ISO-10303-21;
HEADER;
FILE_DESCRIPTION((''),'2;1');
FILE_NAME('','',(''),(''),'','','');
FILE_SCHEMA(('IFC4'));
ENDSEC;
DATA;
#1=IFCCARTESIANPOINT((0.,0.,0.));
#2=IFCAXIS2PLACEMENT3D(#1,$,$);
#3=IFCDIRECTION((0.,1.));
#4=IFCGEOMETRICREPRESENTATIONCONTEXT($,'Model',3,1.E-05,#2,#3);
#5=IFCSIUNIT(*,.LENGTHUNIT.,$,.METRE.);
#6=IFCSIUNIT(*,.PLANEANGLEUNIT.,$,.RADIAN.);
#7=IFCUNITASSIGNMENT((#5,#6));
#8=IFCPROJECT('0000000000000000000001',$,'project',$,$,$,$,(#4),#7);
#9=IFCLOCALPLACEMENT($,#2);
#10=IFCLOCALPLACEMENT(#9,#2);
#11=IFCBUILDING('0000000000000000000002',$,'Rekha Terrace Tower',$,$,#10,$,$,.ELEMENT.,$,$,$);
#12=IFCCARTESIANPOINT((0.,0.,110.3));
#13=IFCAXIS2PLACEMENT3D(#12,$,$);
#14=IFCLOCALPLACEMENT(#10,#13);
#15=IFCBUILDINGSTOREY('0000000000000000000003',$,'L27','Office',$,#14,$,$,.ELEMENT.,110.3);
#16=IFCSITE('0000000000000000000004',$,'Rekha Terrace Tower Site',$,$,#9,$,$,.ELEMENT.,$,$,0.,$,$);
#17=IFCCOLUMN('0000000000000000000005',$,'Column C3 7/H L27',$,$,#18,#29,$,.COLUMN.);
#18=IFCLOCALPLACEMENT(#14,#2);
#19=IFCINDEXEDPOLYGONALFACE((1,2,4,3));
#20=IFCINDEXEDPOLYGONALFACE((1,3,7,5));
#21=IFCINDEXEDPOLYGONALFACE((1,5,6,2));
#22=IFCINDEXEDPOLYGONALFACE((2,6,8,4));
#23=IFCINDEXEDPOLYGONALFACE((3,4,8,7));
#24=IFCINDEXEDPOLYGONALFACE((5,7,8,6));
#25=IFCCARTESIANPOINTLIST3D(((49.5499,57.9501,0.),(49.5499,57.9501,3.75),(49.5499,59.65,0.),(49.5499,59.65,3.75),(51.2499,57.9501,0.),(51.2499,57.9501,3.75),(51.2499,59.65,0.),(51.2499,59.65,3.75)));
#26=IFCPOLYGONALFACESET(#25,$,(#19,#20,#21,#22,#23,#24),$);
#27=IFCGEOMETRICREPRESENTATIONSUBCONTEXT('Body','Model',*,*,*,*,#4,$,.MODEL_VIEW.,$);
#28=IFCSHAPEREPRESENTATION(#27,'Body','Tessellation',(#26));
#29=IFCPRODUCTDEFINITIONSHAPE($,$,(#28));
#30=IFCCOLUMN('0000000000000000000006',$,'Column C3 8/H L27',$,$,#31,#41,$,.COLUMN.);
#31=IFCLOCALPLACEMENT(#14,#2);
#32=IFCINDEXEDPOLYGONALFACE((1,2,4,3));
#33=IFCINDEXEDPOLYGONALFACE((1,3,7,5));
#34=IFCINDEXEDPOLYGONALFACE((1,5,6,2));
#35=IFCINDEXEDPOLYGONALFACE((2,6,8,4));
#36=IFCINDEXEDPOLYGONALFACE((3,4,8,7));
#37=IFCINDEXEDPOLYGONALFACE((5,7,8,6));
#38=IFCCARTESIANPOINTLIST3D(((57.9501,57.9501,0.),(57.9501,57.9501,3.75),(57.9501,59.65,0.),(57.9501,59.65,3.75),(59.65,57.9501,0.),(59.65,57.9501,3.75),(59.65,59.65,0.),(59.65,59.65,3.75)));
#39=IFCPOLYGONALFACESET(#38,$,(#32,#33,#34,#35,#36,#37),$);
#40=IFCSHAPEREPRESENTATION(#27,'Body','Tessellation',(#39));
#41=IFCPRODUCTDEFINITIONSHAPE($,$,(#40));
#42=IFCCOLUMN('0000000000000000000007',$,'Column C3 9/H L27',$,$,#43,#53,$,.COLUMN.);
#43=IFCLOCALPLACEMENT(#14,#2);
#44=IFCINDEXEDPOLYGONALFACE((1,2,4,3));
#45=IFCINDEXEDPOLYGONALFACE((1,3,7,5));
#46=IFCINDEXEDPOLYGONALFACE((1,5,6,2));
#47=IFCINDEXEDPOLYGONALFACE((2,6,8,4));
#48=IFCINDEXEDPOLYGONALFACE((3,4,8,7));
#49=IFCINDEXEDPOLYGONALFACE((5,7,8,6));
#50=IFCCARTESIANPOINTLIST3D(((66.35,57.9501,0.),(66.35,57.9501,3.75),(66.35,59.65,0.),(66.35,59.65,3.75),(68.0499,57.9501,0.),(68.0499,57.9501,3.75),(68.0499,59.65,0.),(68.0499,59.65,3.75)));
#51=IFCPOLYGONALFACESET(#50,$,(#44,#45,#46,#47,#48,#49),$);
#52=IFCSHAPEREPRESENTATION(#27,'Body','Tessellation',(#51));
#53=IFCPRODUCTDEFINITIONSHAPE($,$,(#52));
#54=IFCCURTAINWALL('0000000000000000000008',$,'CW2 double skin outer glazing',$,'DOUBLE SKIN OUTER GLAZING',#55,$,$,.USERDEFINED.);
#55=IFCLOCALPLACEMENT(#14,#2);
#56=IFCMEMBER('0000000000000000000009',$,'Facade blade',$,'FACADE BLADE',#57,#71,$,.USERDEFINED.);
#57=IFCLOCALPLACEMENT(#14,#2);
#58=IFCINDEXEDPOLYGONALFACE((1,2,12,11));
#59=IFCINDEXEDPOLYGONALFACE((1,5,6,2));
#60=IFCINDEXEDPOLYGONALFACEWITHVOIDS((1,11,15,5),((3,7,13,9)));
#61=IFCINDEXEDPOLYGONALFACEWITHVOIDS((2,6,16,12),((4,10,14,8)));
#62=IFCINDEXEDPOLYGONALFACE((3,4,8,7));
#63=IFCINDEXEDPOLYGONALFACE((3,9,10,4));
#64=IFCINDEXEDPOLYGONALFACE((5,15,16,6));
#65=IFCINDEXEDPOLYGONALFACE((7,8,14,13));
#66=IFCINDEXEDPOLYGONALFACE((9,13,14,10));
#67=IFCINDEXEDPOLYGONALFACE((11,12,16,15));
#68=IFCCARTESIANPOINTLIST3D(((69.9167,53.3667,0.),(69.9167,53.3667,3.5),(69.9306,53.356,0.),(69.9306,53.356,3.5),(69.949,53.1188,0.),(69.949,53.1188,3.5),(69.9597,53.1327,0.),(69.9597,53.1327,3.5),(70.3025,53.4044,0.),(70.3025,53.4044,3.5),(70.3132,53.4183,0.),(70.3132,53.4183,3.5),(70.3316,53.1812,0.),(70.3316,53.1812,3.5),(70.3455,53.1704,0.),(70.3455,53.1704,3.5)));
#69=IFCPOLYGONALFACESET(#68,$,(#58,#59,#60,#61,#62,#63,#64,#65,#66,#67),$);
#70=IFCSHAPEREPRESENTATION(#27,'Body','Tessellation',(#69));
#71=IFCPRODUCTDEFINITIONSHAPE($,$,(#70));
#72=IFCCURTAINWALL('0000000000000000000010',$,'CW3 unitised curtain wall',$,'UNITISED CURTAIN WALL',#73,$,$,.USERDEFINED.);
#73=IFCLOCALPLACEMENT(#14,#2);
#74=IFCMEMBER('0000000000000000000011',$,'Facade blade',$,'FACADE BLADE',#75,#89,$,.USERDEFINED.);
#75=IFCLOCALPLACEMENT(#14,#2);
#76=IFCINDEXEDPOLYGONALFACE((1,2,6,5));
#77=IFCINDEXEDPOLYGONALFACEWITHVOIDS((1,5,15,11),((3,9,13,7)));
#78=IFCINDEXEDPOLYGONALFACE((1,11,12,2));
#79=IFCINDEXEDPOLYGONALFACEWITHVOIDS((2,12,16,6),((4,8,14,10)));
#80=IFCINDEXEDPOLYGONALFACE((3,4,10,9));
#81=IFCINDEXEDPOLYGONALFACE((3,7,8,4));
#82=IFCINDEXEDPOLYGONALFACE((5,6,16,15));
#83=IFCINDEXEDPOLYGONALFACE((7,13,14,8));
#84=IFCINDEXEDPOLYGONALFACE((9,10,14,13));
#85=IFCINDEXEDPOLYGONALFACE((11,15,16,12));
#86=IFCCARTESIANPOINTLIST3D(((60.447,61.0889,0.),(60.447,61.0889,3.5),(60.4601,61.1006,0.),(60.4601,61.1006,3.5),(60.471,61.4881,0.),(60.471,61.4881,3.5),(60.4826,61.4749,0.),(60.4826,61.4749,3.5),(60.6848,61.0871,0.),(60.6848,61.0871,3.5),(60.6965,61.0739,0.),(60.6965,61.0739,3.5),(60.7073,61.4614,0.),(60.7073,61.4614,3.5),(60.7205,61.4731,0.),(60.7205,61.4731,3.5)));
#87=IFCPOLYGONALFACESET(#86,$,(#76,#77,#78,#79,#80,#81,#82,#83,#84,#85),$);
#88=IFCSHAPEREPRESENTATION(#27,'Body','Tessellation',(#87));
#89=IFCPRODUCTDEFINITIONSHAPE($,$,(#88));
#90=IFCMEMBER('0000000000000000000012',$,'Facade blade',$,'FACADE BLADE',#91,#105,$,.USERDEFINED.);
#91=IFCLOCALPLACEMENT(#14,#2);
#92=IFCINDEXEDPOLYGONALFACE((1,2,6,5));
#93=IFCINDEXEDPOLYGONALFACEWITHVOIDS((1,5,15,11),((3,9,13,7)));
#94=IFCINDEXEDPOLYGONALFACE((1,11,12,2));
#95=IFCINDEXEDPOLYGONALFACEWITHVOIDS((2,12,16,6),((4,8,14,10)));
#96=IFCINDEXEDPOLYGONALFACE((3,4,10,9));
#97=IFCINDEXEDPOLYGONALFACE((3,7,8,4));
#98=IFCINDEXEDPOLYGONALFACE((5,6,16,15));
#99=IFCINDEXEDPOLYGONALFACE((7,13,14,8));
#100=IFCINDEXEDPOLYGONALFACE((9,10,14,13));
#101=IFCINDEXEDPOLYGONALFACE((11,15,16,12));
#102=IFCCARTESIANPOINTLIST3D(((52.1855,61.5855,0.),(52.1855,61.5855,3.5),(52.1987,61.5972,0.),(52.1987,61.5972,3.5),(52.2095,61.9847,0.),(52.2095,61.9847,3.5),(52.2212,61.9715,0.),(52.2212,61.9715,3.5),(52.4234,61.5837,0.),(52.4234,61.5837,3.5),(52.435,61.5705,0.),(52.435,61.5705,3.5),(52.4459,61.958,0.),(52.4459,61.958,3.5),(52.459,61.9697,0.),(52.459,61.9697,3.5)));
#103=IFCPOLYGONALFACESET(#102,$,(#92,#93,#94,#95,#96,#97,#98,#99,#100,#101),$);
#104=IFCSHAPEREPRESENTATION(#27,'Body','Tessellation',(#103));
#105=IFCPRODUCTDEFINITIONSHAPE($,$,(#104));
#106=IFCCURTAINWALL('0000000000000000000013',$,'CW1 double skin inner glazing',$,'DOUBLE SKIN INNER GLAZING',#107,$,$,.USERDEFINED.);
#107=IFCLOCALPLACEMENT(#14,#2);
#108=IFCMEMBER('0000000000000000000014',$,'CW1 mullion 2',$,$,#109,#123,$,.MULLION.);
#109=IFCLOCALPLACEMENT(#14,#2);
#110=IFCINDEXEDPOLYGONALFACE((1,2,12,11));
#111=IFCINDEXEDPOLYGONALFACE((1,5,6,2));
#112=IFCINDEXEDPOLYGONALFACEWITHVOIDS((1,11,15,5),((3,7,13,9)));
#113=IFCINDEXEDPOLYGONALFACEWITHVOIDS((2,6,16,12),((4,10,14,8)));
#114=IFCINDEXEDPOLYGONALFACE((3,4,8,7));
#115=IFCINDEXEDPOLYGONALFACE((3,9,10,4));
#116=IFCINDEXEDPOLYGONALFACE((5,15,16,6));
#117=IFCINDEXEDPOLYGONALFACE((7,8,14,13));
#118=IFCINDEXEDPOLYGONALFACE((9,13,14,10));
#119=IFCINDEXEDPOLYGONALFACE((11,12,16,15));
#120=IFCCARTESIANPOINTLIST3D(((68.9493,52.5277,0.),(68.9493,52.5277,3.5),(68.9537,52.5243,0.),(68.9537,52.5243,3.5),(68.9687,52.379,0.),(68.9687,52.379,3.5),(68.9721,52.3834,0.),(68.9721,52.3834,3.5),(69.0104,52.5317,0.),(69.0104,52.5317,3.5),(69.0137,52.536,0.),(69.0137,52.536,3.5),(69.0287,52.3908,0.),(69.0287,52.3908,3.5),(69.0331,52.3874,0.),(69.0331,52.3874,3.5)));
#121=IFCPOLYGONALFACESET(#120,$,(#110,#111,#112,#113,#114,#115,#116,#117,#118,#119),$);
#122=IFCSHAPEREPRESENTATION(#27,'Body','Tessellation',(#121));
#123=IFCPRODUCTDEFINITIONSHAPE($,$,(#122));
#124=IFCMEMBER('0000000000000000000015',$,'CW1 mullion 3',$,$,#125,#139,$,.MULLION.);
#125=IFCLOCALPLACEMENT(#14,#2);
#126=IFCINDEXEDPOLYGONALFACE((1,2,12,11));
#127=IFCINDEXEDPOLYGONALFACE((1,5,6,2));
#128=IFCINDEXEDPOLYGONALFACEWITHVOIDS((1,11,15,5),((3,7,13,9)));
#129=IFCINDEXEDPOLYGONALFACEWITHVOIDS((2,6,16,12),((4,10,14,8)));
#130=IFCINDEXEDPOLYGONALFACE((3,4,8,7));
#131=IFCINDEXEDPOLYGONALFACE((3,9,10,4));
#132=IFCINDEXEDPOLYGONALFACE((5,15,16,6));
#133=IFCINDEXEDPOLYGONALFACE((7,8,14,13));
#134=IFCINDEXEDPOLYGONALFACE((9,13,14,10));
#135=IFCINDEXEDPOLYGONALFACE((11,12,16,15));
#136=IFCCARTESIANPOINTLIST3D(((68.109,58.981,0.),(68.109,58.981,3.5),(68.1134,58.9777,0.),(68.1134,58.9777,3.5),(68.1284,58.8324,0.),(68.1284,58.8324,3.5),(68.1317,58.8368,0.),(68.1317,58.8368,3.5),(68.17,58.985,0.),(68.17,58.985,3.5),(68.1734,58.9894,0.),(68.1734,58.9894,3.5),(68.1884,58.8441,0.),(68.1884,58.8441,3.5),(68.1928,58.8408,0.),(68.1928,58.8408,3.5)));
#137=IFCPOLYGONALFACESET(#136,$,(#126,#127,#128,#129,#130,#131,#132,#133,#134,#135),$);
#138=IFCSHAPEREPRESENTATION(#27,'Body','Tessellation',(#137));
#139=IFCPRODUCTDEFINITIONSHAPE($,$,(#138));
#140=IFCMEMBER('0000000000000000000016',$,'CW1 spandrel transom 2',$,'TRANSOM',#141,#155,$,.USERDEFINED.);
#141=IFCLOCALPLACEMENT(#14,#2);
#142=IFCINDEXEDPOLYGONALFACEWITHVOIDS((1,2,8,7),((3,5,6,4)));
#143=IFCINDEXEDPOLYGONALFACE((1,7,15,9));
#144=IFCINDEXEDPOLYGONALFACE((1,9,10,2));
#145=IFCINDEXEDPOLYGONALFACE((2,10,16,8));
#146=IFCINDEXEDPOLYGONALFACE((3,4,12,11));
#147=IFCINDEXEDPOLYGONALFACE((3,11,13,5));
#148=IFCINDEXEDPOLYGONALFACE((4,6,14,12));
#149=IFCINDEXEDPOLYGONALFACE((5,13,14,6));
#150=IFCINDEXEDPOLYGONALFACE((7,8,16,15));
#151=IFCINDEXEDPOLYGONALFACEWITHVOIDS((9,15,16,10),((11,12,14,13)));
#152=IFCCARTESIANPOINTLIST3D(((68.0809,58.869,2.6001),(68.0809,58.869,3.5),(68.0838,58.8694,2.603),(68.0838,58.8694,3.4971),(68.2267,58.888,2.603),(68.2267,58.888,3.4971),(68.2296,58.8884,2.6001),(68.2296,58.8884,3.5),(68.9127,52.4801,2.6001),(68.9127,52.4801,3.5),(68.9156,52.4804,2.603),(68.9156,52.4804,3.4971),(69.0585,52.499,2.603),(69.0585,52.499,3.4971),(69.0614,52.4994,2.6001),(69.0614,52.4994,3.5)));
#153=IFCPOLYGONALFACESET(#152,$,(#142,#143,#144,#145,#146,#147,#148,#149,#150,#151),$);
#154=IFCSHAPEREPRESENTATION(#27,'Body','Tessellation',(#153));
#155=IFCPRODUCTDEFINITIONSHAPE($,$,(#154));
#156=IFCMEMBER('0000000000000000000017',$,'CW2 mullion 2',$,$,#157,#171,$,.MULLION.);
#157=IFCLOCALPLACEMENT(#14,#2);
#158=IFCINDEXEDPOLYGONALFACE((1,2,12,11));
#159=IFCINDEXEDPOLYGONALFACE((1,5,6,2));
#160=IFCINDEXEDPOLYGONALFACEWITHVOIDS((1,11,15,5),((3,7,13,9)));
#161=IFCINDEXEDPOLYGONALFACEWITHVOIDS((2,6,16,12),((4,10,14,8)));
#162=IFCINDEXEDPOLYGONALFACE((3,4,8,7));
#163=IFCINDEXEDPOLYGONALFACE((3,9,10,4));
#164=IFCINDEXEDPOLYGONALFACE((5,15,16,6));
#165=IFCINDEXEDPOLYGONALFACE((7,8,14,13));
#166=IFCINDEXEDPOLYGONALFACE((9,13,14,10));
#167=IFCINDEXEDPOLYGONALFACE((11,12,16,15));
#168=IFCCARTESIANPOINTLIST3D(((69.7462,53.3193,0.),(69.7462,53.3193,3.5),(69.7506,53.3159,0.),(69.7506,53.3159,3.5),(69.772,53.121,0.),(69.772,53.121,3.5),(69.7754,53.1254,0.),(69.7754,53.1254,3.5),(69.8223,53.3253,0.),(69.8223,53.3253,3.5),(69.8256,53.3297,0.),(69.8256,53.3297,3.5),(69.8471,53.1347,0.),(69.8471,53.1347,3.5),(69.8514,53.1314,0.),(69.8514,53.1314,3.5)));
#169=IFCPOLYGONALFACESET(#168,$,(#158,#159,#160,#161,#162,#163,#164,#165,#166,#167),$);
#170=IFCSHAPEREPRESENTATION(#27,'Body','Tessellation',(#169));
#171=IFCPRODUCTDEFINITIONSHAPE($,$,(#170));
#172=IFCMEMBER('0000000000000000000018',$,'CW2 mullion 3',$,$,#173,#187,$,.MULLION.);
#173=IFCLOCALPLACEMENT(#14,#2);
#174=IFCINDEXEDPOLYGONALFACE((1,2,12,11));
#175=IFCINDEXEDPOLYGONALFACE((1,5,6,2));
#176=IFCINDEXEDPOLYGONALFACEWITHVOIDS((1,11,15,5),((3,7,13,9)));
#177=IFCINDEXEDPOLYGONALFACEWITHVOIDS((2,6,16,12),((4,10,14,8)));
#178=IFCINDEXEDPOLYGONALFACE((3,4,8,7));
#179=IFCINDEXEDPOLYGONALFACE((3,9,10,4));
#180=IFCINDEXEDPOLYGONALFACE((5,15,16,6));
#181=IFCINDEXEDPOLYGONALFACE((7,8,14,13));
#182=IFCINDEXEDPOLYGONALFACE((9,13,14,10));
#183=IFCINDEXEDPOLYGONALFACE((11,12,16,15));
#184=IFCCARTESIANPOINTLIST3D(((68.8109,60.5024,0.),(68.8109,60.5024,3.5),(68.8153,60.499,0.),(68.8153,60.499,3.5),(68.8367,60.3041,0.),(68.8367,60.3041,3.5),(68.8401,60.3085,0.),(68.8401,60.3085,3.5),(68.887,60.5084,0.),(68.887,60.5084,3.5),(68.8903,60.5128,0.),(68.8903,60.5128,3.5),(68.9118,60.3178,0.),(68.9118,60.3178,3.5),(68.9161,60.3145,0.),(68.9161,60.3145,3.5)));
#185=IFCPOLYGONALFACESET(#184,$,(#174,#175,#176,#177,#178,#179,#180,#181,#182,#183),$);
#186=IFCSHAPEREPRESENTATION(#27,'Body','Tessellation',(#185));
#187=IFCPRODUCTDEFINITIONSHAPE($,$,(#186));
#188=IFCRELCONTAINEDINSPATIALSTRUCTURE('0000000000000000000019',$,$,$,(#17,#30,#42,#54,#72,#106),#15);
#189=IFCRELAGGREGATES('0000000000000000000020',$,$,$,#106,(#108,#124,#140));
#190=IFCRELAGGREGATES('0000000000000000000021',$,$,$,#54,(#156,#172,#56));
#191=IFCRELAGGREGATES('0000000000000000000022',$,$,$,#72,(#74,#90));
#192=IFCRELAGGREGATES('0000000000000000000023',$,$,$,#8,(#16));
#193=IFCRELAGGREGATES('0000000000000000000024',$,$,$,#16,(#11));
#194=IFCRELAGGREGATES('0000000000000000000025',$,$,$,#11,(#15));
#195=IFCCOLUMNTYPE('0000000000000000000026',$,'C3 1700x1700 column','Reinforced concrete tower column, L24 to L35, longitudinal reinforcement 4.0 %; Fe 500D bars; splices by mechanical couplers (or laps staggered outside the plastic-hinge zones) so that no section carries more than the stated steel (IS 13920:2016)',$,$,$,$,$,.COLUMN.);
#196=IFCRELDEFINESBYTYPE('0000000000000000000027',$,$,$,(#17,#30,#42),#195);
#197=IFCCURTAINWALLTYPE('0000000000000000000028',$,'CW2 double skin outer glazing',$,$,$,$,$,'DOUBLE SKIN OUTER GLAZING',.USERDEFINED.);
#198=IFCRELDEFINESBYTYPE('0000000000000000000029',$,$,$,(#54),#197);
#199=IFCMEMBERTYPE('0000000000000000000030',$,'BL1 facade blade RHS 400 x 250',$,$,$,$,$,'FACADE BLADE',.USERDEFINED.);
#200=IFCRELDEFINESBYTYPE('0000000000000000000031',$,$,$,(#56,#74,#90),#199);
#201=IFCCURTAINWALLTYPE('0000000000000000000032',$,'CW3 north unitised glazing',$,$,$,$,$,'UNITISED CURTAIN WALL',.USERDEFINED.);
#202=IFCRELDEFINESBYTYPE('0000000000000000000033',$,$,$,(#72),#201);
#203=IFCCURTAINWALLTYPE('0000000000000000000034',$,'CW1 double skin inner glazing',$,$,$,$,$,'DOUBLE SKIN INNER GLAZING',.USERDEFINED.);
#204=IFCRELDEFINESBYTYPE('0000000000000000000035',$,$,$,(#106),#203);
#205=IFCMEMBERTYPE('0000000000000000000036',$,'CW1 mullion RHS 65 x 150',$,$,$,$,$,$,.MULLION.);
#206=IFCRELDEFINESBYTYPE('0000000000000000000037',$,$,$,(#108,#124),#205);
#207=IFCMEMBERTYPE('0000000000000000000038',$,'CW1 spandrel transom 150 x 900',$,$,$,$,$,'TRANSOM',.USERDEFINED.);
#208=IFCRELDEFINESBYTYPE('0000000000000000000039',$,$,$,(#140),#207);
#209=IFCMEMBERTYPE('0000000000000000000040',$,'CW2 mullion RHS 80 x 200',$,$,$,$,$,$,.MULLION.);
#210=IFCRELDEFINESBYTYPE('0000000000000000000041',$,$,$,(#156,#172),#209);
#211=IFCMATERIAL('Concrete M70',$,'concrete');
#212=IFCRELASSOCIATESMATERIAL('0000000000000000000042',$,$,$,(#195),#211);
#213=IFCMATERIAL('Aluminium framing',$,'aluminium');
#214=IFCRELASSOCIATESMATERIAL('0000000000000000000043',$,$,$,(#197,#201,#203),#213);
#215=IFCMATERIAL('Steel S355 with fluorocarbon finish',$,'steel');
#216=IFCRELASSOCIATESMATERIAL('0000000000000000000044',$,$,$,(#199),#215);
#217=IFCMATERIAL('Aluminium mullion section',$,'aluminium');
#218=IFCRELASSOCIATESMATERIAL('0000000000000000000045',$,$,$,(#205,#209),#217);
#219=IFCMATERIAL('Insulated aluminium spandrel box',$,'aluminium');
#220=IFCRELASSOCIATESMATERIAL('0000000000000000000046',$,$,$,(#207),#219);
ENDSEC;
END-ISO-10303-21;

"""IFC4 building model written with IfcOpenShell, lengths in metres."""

from ifc_helpers import new_model, si_unit, direction, frame, origin, origin_2d, place, context, subcontext, project, spatial, rectangle, hollow_rectangle, extrude, material, material_profile, profile_set, type_object, element, aggregate, save


model = new_model("IFC4")

# Units and contexts
model_context = context("Model", 3, precision=1e-05, world=origin(), true_north=direction((0.0, 1.0)))
body_context = subcontext(model_context, "Body", "Model", "MODEL_VIEW")
ifc_project = project(units=[si_unit("LENGTHUNIT", "METRE"), si_unit("PLANEANGLEUNIT", "RADIAN")], contexts=[model_context])

# Site, building, storey
site_placement = place(None, origin())
site = spatial("IfcSite", under=ifc_project, at=site_placement, Name="Rekha Terrace Tower Site", CompositionType="ELEMENT", RefElevation=0.0)
building_placement = place(site_placement, origin())
building = spatial("IfcBuilding", under=site, at=building_placement, Name="Rekha Terrace Tower", CompositionType="ELEMENT")
storey_placement = place(building_placement, frame((0.0, 0.0, 110.3)))
storey = spatial("IfcBuildingStorey", under=building, at=storey_placement, Name="L27", Description="Office", CompositionType="ELEMENT", Elevation=110.3)

# Columns
ifc_material_1 = material(Name="Concrete M70", Category="concrete")
ifc_material_profile_1 = material_profile(ifc_material_1, rectangle(XDim=1.7, YDim=1.7, at=origin_2d()), Name="RC 1700x1700")
ifc_profile_set_1 = profile_set([ifc_material_profile_1], Name="Concrete M70")
column_type = type_object("IfcColumnType", Name="C3 1700x1700 column", Description="Reinforced concrete tower column, L24 to L35, longitudinal reinforcement 4.0 %; Fe 500D bars; splices by mechanical couplers (or laps staggered outside the plastic-hinge zones) so that no section carries more than the stated steel (IS 13920:2016)", PredefinedType="COLUMN", material=ifc_profile_set_1)
for number, where, z_axis, x_axis, name in (
    (1, (50.3999, 58.8, 0.0), (0.0, 0.0, 1.0), (1.0, 0.0, 0.0), "Column C3 7/H L27"),
    (2, (58.8, 58.8, 0.0), (0.0, 0.0, 1.0), (1.0, 0.0, 0.0), "Column C3 8/H L27"),
    (3, (67.2, 58.8, 0.0), (0.0, 0.0, 1.0), (1.0, 0.0, 0.0), "Column C3 9/H L27"),
):
    element("IfcColumn", number, at=place(storey_placement, frame(where, z_axis=z_axis, x_axis=x_axis)), inside=storey, type_object=column_type, Name=name, PredefinedType="COLUMN", context=body_context, shape_type="SweptSolid", body=[
        extrude(rectangle(XDim=1.7, YDim=1.7, at=origin_2d()), origin(), (0.0, 0.0, 1.0), 3.75),
    ])

# Curtain wall, member
ifc_material_2 = material(Name="Aluminium framing", Category="aluminium")
curtain_wall_type_1 = type_object("IfcCurtainWallType", Name="CW2 double skin outer glazing", ElementType="DOUBLE SKIN OUTER GLAZING", PredefinedType="USERDEFINED", material=ifc_material_2)
curtain_wall_1_placement = place(storey_placement, origin())
curtain_wall_1 = element("IfcCurtainWall", 4, at=curtain_wall_1_placement, inside=storey, type_object=curtain_wall_type_1, Name="CW2 double skin outer glazing", ObjectType="DOUBLE SKIN OUTER GLAZING", PredefinedType="USERDEFINED")
ifc_material_3 = material(Name="Steel S355 with fluorocarbon finish", Category="steel")
ifc_material_profile_2 = material_profile(ifc_material_3, hollow_rectangle(XDim=0.25, YDim=0.3999, WallThickness=0.0125, at=origin_2d()), Name="RHS400x250x12.5")
ifc_profile_set_2 = profile_set([ifc_material_profile_2], Name="Steel S355 with fluorocarbon finish")
member_type_1 = type_object("IfcMemberType", Name="BL1 facade blade RHS 400 x 250", ElementType="FACADE BLADE", PredefinedType="USERDEFINED", material=ifc_profile_set_2)
member_1_placement = place(storey_placement, frame((70.1311, 53.2686, 0.0), z_axis=(0.0, 0.0, 1.0), x_axis=(-0.129119, 0.991629, 0.0)))
member_1 = element("IfcMember", 5, at=member_1_placement, type_object=member_type_1, Name="Facade blade", ObjectType="FACADE BLADE", PredefinedType="USERDEFINED", context=body_context, shape_type="SweptSolid", body=[
    extrude(hollow_rectangle(XDim=0.25, YDim=0.3999, WallThickness=0.0125, at=origin_2d()), origin(), (0.0, 0.0, 1.0), 3.5),
])

# Curtain walls, members
curtain_wall_type_2 = type_object("IfcCurtainWallType", Name="CW3 north unitised glazing", ElementType="UNITISED CURTAIN WALL", PredefinedType="USERDEFINED", material=ifc_material_2)
curtain_wall_2_placement = place(storey_placement, origin())
curtain_wall_2 = element("IfcCurtainWall", 6, at=curtain_wall_2_placement, inside=storey, type_object=curtain_wall_type_2, Name="CW3 unitised curtain wall", ObjectType="UNITISED CURTAIN WALL", PredefinedType="USERDEFINED")
member_2_placement = place(storey_placement, frame((60.5837, 61.281, 0.0), z_axis=(0.0, 0.0, 1.0), x_axis=(-0.998199, 0.059988, 0.0)))
member_2 = element("IfcMember", 7, at=member_2_placement, type_object=member_type_1, Name="Facade blade", ObjectType="FACADE BLADE", PredefinedType="USERDEFINED", context=body_context, shape_type="SweptSolid", body=[
    extrude(hollow_rectangle(XDim=0.25, YDim=0.3999, WallThickness=0.0125, at=origin_2d()), origin(), (0.0, 0.0, 1.0), 3.5),
])
member_3_placement = place(storey_placement, frame((52.3223, 61.7776, 0.0), z_axis=(0.0, 0.0, 1.0), x_axis=(-0.998199, 0.059988, 0.0)))
member_3 = element("IfcMember", 8, at=member_3_placement, type_object=member_type_1, Name="Facade blade", ObjectType="FACADE BLADE", PredefinedType="USERDEFINED", context=body_context, shape_type="SweptSolid", body=[
    extrude(hollow_rectangle(XDim=0.25, YDim=0.3999, WallThickness=0.0125, at=origin_2d()), origin(), (0.0, 0.0, 1.0), 3.5),
])
curtain_wall_type_3 = type_object("IfcCurtainWallType", Name="CW1 double skin inner glazing", ElementType="DOUBLE SKIN INNER GLAZING", PredefinedType="USERDEFINED", material=ifc_material_2)
curtain_wall_3_placement = place(storey_placement, origin())
curtain_wall_3 = element("IfcCurtainWall", 9, at=curtain_wall_3_placement, inside=storey, type_object=curtain_wall_type_3, Name="CW1 double skin inner glazing", ObjectType="DOUBLE SKIN INNER GLAZING", PredefinedType="USERDEFINED")
ifc_material_4 = material(Name="Aluminium mullion section", Category="aluminium")
ifc_material_profile_3 = material_profile(ifc_material_4, hollow_rectangle(XDim=0.0649, YDim=0.1499, WallThickness=0.0039, at=origin_2d()), Name="AL RHS 65x150")
ifc_profile_set_3 = profile_set([ifc_material_profile_3], Name="Aluminium mullion section")
member_type_2 = type_object("IfcMemberType", Name="CW1 mullion RHS 65 x 150", PredefinedType="MULLION", material=ifc_profile_set_3)
member_4_placement = place(storey_placement, frame((68.9912, 52.4575, 0.0), z_axis=(0.0, 0.0, 1.0), x_axis=(-0.991629, -0.129118, 0.0)))
member_4 = element("IfcMember", 10, at=member_4_placement, type_object=member_type_2, Name="CW1 mullion 2", PredefinedType="MULLION", context=body_context, shape_type="SweptSolid", body=[
    extrude(hollow_rectangle(XDim=0.0649, YDim=0.1499, WallThickness=0.0039, at=origin_2d()), origin(), (0.0, 0.0, 1.0), 3.5),
])
member_5_placement = place(storey_placement, frame((68.1509, 58.9109, 0.0), z_axis=(0.0, 0.0, 1.0), x_axis=(-0.991629, -0.129118, 0.0)))
member_5 = element("IfcMember", 11, at=member_5_placement, type_object=member_type_2, Name="CW1 mullion 3", PredefinedType="MULLION", context=body_context, shape_type="SweptSolid", body=[
    extrude(hollow_rectangle(XDim=0.0649, YDim=0.1499, WallThickness=0.0039, at=origin_2d()), origin(), (0.0, 0.0, 1.0), 3.5),
])
ifc_material_5 = material(Name="Insulated aluminium spandrel box", Category="aluminium")
ifc_material_profile_4 = material_profile(ifc_material_5, hollow_rectangle(XDim=0.1499, YDim=0.8999, WallThickness=0.0029, at=origin_2d()), Name="AL SPANDREL BOX 150x900")
ifc_profile_set_4 = profile_set([ifc_material_profile_4], Name="Insulated aluminium spandrel box")
member_type_3 = type_object("IfcMemberType", Name="CW1 spandrel transom 150 x 900", ElementType="TRANSOM", PredefinedType="USERDEFINED", material=ifc_profile_set_4)
member_6_placement = place(storey_placement, frame((68.9871, 52.4897, 3.05), z_axis=(-0.129103, 0.991631, 0.0), x_axis=(-0.991631, -0.129103, 0.0)))
member_6 = element("IfcMember", 12, at=member_6_placement, type_object=member_type_3, Name="CW1 spandrel transom 2", ObjectType="TRANSOM", PredefinedType="USERDEFINED", context=body_context, shape_type="SweptSolid", body=[
    extrude(hollow_rectangle(XDim=0.1499, YDim=0.8999, WallThickness=0.0029, at=origin_2d()), origin(), (0.0, 0.0, 1.0), 6.4429),
])

# Members
ifc_material_profile_5 = material_profile(ifc_material_4, hollow_rectangle(XDim=0.0801, YDim=0.2, WallThickness=0.0039, at=origin_2d()), Name="AL RHS 80x200")
ifc_profile_set_5 = profile_set([ifc_material_profile_5], Name="Aluminium mullion section")
member_type_4 = type_object("IfcMemberType", Name="CW2 mullion RHS 80 x 200", PredefinedType="MULLION", material=ifc_profile_set_5)
member_7_placement = place(storey_placement, frame((69.7988, 53.2253, 0.0), z_axis=(0.0, 0.0, 1.0), x_axis=(-0.991629, -0.129118, 0.0)))
member_7 = element("IfcMember", 13, at=member_7_placement, type_object=member_type_4, Name="CW2 mullion 2", PredefinedType="MULLION", context=body_context, shape_type="SweptSolid", body=[
    extrude(hollow_rectangle(XDim=0.0801, YDim=0.2, WallThickness=0.0039, at=origin_2d()), origin(), (0.0, 0.0, 1.0), 3.5),
])
member_8_placement = place(storey_placement, frame((68.8635, 60.4084, 0.0), z_axis=(0.0, 0.0, 1.0), x_axis=(-0.991629, -0.129118, 0.0)))
member_8 = element("IfcMember", 14, at=member_8_placement, type_object=member_type_4, Name="CW2 mullion 3", PredefinedType="MULLION", context=body_context, shape_type="SweptSolid", body=[
    extrude(hollow_rectangle(XDim=0.0801, YDim=0.2, WallThickness=0.0039, at=origin_2d()), origin(), (0.0, 0.0, 1.0), 3.5),
])

aggregate(curtain_wall_3, [member_4, member_5, member_6])
aggregate(curtain_wall_1, [member_7, member_8, member_1])
aggregate(curtain_wall_2, [member_2, member_3])

save(model, "model.ifc")
